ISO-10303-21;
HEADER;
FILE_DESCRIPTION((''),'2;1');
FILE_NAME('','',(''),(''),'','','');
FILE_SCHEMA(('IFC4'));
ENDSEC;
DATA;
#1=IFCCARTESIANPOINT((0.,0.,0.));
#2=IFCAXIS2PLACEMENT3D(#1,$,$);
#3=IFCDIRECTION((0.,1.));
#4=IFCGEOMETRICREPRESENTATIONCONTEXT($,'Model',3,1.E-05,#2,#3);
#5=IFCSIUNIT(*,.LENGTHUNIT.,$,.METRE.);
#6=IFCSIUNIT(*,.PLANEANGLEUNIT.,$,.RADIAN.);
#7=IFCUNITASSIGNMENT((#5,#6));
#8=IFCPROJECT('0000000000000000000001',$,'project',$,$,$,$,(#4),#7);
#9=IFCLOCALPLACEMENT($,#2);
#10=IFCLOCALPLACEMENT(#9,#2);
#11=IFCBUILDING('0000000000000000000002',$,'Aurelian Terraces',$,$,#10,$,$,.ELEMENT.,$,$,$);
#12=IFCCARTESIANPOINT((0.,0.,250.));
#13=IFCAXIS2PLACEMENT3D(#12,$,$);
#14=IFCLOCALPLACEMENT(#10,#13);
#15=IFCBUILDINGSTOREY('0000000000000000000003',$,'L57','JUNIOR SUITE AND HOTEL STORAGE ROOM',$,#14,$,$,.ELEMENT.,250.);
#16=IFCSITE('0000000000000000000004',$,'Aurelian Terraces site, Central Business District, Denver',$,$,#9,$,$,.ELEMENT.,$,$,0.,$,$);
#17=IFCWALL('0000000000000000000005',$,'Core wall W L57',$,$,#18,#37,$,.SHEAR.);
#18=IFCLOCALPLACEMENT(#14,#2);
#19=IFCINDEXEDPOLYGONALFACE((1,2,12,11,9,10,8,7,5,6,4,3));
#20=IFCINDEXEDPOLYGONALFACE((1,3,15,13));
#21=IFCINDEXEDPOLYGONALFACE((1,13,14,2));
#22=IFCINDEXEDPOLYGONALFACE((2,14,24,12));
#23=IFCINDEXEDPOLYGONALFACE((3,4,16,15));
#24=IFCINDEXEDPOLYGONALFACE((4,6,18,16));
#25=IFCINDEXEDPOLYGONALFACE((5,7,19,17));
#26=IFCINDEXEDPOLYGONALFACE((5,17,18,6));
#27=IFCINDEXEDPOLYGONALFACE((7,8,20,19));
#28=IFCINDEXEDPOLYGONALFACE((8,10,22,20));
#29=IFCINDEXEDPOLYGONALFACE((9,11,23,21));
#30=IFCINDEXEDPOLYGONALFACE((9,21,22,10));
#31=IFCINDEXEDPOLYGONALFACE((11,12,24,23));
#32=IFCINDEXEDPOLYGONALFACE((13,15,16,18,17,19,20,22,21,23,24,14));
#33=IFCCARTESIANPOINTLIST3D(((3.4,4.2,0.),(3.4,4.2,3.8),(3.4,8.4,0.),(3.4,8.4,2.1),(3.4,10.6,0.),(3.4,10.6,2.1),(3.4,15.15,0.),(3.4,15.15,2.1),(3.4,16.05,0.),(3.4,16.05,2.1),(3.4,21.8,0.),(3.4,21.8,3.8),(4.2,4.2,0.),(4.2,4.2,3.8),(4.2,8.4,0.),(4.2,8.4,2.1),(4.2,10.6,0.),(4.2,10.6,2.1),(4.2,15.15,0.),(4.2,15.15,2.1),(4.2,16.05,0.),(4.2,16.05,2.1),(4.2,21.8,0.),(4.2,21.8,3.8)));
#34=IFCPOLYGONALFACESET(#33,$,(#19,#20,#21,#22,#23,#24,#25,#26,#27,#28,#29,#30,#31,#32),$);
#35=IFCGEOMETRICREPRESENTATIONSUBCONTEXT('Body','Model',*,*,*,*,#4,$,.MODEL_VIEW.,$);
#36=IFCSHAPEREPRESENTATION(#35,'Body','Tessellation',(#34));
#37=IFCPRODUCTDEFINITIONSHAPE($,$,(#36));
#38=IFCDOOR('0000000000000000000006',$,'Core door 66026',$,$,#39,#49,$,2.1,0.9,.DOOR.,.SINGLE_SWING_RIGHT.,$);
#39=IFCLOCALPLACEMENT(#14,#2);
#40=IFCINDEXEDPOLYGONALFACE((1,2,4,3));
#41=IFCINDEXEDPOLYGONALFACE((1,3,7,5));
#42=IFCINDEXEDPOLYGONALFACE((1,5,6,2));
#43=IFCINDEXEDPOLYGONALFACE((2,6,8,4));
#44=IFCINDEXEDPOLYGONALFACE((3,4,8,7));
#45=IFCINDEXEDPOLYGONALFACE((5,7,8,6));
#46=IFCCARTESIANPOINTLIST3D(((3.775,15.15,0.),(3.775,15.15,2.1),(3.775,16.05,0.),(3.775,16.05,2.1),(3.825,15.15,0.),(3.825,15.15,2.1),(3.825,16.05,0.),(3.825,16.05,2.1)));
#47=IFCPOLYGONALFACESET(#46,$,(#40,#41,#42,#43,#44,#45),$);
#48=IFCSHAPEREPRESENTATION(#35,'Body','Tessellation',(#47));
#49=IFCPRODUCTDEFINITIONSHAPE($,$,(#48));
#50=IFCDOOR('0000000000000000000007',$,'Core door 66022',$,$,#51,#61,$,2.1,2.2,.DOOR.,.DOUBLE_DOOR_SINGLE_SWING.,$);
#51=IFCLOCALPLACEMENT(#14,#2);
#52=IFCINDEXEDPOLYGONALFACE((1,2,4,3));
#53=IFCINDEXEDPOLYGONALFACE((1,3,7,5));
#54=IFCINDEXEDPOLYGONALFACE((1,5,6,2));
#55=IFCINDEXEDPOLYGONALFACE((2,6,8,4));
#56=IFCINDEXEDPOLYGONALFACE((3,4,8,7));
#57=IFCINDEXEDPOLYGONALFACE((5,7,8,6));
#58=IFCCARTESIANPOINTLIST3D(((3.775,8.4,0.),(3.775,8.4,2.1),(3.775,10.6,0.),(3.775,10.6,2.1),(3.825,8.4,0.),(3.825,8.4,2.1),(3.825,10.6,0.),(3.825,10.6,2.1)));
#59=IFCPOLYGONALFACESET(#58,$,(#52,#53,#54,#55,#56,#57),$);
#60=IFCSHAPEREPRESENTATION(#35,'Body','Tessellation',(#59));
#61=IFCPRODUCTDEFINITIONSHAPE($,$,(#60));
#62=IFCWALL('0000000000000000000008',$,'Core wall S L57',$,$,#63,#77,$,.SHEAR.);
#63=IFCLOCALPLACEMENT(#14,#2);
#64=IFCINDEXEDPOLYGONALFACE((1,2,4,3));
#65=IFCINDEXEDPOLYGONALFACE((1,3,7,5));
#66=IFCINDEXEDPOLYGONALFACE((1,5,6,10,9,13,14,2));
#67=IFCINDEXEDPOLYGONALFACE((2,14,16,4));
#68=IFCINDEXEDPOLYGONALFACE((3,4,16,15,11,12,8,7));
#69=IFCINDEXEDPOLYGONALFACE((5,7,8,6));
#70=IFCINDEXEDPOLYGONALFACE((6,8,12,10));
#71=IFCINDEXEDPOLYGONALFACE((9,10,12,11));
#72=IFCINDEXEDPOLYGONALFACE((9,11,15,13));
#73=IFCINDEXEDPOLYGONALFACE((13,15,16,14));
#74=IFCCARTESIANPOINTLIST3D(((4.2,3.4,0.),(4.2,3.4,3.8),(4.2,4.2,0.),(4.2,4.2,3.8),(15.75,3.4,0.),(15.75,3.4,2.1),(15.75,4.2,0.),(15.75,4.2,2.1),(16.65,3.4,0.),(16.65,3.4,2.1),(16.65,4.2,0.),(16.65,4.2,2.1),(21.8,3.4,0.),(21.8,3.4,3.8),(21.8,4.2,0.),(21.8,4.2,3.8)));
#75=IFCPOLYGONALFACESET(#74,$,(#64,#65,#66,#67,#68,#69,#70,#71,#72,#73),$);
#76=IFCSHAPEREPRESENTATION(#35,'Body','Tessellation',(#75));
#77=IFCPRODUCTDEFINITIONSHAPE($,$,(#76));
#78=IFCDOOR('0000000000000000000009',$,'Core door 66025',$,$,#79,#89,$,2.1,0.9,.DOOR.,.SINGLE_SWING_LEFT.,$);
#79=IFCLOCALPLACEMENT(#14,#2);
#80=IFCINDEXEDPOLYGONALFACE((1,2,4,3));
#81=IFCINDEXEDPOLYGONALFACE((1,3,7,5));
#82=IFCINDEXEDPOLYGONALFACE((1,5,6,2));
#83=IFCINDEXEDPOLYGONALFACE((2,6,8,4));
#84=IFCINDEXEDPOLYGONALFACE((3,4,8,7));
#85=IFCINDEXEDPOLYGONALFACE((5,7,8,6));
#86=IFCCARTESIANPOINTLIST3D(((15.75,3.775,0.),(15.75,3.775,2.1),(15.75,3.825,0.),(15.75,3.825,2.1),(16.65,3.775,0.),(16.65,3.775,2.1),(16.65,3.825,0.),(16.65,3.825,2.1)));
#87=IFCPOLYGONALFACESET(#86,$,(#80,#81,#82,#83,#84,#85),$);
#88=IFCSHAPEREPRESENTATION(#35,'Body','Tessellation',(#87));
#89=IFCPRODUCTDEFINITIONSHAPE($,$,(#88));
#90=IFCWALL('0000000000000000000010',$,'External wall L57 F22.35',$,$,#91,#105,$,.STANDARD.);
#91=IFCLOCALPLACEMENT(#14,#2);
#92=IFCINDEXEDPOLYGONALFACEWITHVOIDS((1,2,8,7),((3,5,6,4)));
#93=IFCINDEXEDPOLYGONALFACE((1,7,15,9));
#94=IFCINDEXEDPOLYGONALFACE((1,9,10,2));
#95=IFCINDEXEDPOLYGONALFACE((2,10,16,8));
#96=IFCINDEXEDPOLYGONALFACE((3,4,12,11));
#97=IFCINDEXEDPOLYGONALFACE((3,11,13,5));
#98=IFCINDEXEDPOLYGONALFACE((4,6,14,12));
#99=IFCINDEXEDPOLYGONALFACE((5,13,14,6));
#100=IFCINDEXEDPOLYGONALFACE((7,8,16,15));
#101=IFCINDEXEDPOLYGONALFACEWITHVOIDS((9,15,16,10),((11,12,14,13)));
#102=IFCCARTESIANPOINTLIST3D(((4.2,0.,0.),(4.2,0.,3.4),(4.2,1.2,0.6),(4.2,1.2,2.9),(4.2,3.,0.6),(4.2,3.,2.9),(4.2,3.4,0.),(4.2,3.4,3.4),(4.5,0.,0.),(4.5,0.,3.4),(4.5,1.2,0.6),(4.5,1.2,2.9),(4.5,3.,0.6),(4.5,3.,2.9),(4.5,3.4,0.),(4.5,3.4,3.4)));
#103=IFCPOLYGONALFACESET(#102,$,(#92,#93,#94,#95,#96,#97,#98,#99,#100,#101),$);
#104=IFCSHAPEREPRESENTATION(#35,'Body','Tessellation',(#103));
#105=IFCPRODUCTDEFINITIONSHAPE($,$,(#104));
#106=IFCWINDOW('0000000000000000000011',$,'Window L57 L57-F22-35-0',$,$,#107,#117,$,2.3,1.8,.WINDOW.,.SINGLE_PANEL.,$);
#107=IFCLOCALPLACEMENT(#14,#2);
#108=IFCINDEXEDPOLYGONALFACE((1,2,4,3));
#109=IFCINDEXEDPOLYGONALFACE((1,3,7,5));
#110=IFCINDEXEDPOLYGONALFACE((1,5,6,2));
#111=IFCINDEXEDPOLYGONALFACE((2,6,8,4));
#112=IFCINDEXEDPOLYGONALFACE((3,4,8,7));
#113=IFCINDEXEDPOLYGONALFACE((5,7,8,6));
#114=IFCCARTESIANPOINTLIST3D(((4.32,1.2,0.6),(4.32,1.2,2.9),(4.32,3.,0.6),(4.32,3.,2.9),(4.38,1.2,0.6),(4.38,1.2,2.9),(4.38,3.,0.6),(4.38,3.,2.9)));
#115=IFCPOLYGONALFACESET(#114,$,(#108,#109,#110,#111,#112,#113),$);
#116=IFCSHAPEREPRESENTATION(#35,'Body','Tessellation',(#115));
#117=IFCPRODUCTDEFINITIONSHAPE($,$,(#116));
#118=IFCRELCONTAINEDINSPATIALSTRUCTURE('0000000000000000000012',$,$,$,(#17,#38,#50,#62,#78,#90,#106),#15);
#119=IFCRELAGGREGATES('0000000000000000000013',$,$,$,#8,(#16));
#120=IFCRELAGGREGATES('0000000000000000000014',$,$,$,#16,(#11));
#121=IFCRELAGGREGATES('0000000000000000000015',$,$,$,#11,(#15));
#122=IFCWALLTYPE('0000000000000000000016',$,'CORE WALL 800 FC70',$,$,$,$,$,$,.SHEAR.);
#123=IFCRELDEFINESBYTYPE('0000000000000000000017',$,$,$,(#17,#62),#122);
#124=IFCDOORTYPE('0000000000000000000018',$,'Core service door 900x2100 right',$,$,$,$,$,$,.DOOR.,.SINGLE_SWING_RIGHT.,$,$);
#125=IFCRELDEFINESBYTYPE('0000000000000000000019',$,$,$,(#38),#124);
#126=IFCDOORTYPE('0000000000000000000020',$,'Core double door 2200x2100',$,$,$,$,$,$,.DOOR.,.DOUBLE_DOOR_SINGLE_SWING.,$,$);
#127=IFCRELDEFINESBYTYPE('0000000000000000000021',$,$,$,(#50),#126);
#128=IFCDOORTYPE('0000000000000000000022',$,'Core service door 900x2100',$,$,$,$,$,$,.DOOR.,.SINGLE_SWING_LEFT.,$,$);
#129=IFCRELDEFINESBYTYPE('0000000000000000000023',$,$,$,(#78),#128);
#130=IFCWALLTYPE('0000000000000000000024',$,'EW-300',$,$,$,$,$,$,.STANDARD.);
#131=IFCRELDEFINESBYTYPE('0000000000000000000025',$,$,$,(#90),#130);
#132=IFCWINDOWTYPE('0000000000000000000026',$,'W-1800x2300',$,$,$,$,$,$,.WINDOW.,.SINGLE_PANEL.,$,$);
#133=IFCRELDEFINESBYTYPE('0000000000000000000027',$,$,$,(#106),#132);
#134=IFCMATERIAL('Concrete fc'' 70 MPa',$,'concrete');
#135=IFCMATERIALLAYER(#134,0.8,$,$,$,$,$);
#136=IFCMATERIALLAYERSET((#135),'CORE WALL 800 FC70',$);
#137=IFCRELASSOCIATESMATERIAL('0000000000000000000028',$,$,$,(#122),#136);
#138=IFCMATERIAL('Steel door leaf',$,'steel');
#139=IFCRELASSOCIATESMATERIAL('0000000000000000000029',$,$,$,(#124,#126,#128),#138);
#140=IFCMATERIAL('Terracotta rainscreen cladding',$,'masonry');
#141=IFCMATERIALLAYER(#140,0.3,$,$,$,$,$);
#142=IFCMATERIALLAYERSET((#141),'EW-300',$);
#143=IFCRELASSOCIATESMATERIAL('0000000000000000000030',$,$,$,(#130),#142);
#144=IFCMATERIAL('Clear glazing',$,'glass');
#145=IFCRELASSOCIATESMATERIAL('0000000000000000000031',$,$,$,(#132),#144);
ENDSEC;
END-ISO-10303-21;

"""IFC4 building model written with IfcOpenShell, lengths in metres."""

from ifc_helpers import new_model, si_unit, direction, frame, frame_2d, origin, place, context, subcontext, project, spatial, rectangle, extrude, source, transform, mapped, material, layer, layer_set, type_object, element, fill, save


model = new_model("IFC4")

# Units and contexts
model_context = context("Model", 3, precision=1e-05, world=origin(), true_north=direction((0.0, 1.0)))
body_context = subcontext(model_context, "Body", "Model", "MODEL_VIEW")
ifc_project = project(units=[si_unit("LENGTHUNIT", "METRE"), si_unit("PLANEANGLEUNIT", "RADIAN")], contexts=[model_context])

# Site, building, storey
site_placement = place(None, origin())
site = spatial("IfcSite", under=ifc_project, at=site_placement, Name="Aurelian Terraces site, Central Business District, Denver", CompositionType="ELEMENT", RefElevation=0.0)
building_placement = place(site_placement, origin())
building = spatial("IfcBuilding", under=site, at=building_placement, Name="Aurelian Terraces", CompositionType="ELEMENT")
storey_placement = place(building_placement, frame((0.0, 0.0, 250.0)))
storey = spatial("IfcBuildingStorey", under=building, at=storey_placement, Name="L57", Description="JUNIOR SUITE AND HOTEL STORAGE ROOM", CompositionType="ELEMENT", Elevation=250.0)

# Shared definitions
ifc_material_1 = material(Name="Concrete fc' 70 MPa", Category="concrete")

# Wall, openings, doors
ifc_layer_1 = layer(ifc_material_1, 0.8)
ifc_layer_set_1 = layer_set([ifc_layer_1], Name="CORE WALL 800 FC70")
wall_type_1 = type_object("IfcWallType", Name="CORE WALL 800 FC70", PredefinedType="SHEAR", material=ifc_layer_set_1)
shared_shape_1 = source(origin(), body_context, "Body", "SweptSolid", [
    extrude(rectangle(XDim=17.6, YDim=0.8, at=frame_2d((8.8, 0.0))), origin(), (0.0, 0.0, 1.0), 3.8),
])
wall_1_placement = place(storey_placement, frame((3.8, 4.2, 0.0), z_axis=(0.0, 0.0, 1.0), x_axis=(0.0, 1.0, 0.0)))
wall_1 = element("IfcWall", 1, at=wall_1_placement, inside=storey, type_object=wall_type_1, Name="Core wall W L57", PredefinedType="SHEAR", context=body_context, shape_type="MappedRepresentation", body=[
    mapped(shared_shape_1, transform((0.0, 0.0, 0.0), scale=1.0)),
])
shared_shape_2 = source(origin(), body_context, "Body", "SweptSolid", [
    extrude(rectangle(XDim=2.2, YDim=2.1, at=frame_2d((1.1, 1.05))), frame((0.0, 0.41, 0.0), z_axis=(0.0, -1.0, 0.0), x_axis=(1.0, 0.0, 0.0)), (0.0, 0.0, 1.0), 0.82),
])
opening_1_placement = place(wall_1_placement, frame((4.2, 0.0, 0.0)))
opening_1 = element("IfcOpeningElement", 2, at=opening_1_placement, cuts=wall_1, PredefinedType="OPENING", context=body_context, shape_type="MappedRepresentation", body=[
    mapped(shared_shape_2, transform((0.0, 0.0, 0.0), scale=1.0)),
])
shared_shape_3 = source(origin(), body_context, "Body", "SweptSolid", [
    extrude(rectangle(XDim=0.9, YDim=2.1, at=frame_2d((0.45, 1.05))), frame((0.0, 0.41, 0.0), z_axis=(0.0, -1.0, 0.0), x_axis=(1.0, 0.0, 0.0)), (0.0, 0.0, 1.0), 0.82),
])
opening_2_placement = place(wall_1_placement, frame((10.95, 0.0, 0.0)))
opening_2 = element("IfcOpeningElement", 3, at=opening_2_placement, cuts=wall_1, PredefinedType="OPENING", context=body_context, shape_type="MappedRepresentation", body=[
    mapped(shared_shape_3, transform((0.0, 0.0, 0.0), scale=1.0)),
])
ifc_material_2 = material(Name="Steel door leaf", Category="steel")
door_type_1 = type_object("IfcDoorType", Name="Core service door 900x2100 right", OperationType="SINGLE_SWING_RIGHT", PredefinedType="DOOR", material=ifc_material_2)
shared_shape_4 = source(origin(), body_context, "Body", "SweptSolid", [
    extrude(rectangle(XDim=0.9, YDim=2.1, at=frame_2d((0.45, 1.05))), frame((0.0, 0.025, 0.0), z_axis=(0.0, -1.0, 0.0), x_axis=(1.0, 0.0, 0.0)), (0.0, 0.0, 1.0), 0.05),
])
door_1_placement = place(opening_2_placement, origin())
door_1 = element("IfcDoor", 4, at=door_1_placement, inside=storey, type_object=door_type_1, Name="Core door 66026", OperationType="SINGLE_SWING_RIGHT", OverallHeight=2.1, OverallWidth=0.9, PredefinedType="DOOR", context=body_context, shape_type="MappedRepresentation", body=[
    mapped(shared_shape_4, transform((0.0, 0.0, 0.0), scale=1.0)),
])
fill(opening_2, door_1)
door_type_2 = type_object("IfcDoorType", Name="Core double door 2200x2100", OperationType="DOUBLE_DOOR_SINGLE_SWING", PredefinedType="DOOR", material=ifc_material_2)
shared_shape_5 = source(origin(), body_context, "Body", "SweptSolid", [
    extrude(rectangle(XDim=2.2, YDim=2.1, at=frame_2d((1.1, 1.05))), frame((0.0, 0.025, 0.0), z_axis=(0.0, -1.0, 0.0), x_axis=(1.0, 0.0, 0.0)), (0.0, 0.0, 1.0), 0.05),
])
door_2_placement = place(opening_1_placement, origin())
door_2 = element("IfcDoor", 5, at=door_2_placement, inside=storey, type_object=door_type_2, Name="Core door 66022", OperationType="DOUBLE_DOOR_SINGLE_SWING", OverallHeight=2.1, OverallWidth=2.2, PredefinedType="DOOR", context=body_context, shape_type="MappedRepresentation", body=[
    mapped(shared_shape_5, transform((0.0, 0.0, 0.0), scale=1.0)),
])
fill(opening_1, door_2)

# Wall, opening, door
wall_2_placement = place(storey_placement, frame((4.2, 3.8, 0.0), z_axis=(0.0, 0.0, 1.0), x_axis=(1.0, 0.0, 0.0)))
wall_2 = element("IfcWall", 6, at=wall_2_placement, inside=storey, type_object=wall_type_1, Name="Core wall S L57", PredefinedType="SHEAR", context=body_context, shape_type="MappedRepresentation", body=[
    mapped(shared_shape_1, transform((0.0, 0.0, 0.0), scale=1.0)),
])
opening_3_placement = place(wall_2_placement, frame((11.55, 0.0, 0.0)))
opening_3 = element("IfcOpeningElement", 7, at=opening_3_placement, cuts=wall_2, PredefinedType="OPENING", context=body_context, shape_type="MappedRepresentation", body=[
    mapped(shared_shape_3, transform((0.0, 0.0, 0.0), scale=1.0)),
])
door_type_3 = type_object("IfcDoorType", Name="Core service door 900x2100", OperationType="SINGLE_SWING_LEFT", PredefinedType="DOOR", material=ifc_material_2)
door_3_placement = place(opening_3_placement, origin())
door_3 = element("IfcDoor", 8, at=door_3_placement, inside=storey, type_object=door_type_3, Name="Core door 66025", OperationType="SINGLE_SWING_LEFT", OverallHeight=2.1, OverallWidth=0.9, PredefinedType="DOOR", context=body_context, shape_type="MappedRepresentation", body=[
    mapped(shared_shape_4, transform((0.0, 0.0, 0.0), scale=1.0)),
])
fill(opening_3, door_3)

# Wall, opening, window
ifc_material_3 = material(Name="Terracotta rainscreen cladding", Category="masonry")
ifc_layer_2 = layer(ifc_material_3, 0.3)
ifc_layer_set_2 = layer_set([ifc_layer_2], Name="EW-300")
wall_type_2 = type_object("IfcWallType", Name="EW-300", PredefinedType="STANDARD", material=ifc_layer_set_2)
shared_shape_6 = source(origin(), body_context, "Body", "SweptSolid", [
    extrude(rectangle(XDim=3.4, YDim=0.3, at=frame_2d((1.7, 0.0))), origin(), (0.0, 0.0, 1.0), 3.4),
])
wall_3_placement = place(storey_placement, frame((4.35, 3.4, 0.0), z_axis=(0.0, 0.0, 1.0), x_axis=(0.0, -1.0, 0.0)))
wall_3 = element("IfcWall", 9, at=wall_3_placement, inside=storey, type_object=wall_type_2, Name="External wall L57 F22.35", PredefinedType="STANDARD", context=body_context, shape_type="MappedRepresentation", body=[
    mapped(shared_shape_6, transform((0.0, 0.0, 0.0), scale=1.0)),
])
shared_shape_7 = source(origin(), body_context, "Body", "SweptSolid", [
    extrude(rectangle(XDim=1.8, YDim=2.3, at=frame_2d((0.9, 1.15))), frame((0.0, 0.16, 0.0), z_axis=(0.0, -1.0, 0.0), x_axis=(1.0, 0.0, 0.0)), (0.0, 0.0, 1.0), 0.32),
])
opening_4_placement = place(wall_3_placement, frame((0.4, 0.0, 0.6)))
opening_4 = element("IfcOpeningElement", 10, at=opening_4_placement, cuts=wall_3, PredefinedType="OPENING", context=body_context, shape_type="MappedRepresentation", body=[
    mapped(shared_shape_7, transform((0.0, 0.0, 0.0), scale=1.0)),
])
ifc_material_4 = material(Name="Clear glazing", Category="glass")
window_type = type_object("IfcWindowType", Name="W-1800x2300", PartitioningType="SINGLE_PANEL", PredefinedType="WINDOW", material=ifc_material_4)
shared_shape_8 = source(origin(), body_context, "Body", "SweptSolid", [
    extrude(rectangle(XDim=1.8, YDim=2.3, at=frame_2d((0.9, 1.15))), frame((0.0, 0.03, 0.0), z_axis=(0.0, -1.0, 0.0), x_axis=(1.0, 0.0, 0.0)), (0.0, 0.0, 1.0), 0.06),
])
window_1_placement = place(opening_4_placement, origin())
window_1 = element("IfcWindow", 11, at=window_1_placement, inside=storey, type_object=window_type, Name="Window L57 L57-F22-35-0", OverallHeight=2.3, OverallWidth=1.8, PartitioningType="SINGLE_PANEL", PredefinedType="WINDOW", context=body_context, shape_type="MappedRepresentation", body=[
    mapped(shared_shape_8, transform((0.0, 0.0, 0.0), scale=1.0)),
])
fill(opening_4, window_1)

save(model, "model.ifc")
